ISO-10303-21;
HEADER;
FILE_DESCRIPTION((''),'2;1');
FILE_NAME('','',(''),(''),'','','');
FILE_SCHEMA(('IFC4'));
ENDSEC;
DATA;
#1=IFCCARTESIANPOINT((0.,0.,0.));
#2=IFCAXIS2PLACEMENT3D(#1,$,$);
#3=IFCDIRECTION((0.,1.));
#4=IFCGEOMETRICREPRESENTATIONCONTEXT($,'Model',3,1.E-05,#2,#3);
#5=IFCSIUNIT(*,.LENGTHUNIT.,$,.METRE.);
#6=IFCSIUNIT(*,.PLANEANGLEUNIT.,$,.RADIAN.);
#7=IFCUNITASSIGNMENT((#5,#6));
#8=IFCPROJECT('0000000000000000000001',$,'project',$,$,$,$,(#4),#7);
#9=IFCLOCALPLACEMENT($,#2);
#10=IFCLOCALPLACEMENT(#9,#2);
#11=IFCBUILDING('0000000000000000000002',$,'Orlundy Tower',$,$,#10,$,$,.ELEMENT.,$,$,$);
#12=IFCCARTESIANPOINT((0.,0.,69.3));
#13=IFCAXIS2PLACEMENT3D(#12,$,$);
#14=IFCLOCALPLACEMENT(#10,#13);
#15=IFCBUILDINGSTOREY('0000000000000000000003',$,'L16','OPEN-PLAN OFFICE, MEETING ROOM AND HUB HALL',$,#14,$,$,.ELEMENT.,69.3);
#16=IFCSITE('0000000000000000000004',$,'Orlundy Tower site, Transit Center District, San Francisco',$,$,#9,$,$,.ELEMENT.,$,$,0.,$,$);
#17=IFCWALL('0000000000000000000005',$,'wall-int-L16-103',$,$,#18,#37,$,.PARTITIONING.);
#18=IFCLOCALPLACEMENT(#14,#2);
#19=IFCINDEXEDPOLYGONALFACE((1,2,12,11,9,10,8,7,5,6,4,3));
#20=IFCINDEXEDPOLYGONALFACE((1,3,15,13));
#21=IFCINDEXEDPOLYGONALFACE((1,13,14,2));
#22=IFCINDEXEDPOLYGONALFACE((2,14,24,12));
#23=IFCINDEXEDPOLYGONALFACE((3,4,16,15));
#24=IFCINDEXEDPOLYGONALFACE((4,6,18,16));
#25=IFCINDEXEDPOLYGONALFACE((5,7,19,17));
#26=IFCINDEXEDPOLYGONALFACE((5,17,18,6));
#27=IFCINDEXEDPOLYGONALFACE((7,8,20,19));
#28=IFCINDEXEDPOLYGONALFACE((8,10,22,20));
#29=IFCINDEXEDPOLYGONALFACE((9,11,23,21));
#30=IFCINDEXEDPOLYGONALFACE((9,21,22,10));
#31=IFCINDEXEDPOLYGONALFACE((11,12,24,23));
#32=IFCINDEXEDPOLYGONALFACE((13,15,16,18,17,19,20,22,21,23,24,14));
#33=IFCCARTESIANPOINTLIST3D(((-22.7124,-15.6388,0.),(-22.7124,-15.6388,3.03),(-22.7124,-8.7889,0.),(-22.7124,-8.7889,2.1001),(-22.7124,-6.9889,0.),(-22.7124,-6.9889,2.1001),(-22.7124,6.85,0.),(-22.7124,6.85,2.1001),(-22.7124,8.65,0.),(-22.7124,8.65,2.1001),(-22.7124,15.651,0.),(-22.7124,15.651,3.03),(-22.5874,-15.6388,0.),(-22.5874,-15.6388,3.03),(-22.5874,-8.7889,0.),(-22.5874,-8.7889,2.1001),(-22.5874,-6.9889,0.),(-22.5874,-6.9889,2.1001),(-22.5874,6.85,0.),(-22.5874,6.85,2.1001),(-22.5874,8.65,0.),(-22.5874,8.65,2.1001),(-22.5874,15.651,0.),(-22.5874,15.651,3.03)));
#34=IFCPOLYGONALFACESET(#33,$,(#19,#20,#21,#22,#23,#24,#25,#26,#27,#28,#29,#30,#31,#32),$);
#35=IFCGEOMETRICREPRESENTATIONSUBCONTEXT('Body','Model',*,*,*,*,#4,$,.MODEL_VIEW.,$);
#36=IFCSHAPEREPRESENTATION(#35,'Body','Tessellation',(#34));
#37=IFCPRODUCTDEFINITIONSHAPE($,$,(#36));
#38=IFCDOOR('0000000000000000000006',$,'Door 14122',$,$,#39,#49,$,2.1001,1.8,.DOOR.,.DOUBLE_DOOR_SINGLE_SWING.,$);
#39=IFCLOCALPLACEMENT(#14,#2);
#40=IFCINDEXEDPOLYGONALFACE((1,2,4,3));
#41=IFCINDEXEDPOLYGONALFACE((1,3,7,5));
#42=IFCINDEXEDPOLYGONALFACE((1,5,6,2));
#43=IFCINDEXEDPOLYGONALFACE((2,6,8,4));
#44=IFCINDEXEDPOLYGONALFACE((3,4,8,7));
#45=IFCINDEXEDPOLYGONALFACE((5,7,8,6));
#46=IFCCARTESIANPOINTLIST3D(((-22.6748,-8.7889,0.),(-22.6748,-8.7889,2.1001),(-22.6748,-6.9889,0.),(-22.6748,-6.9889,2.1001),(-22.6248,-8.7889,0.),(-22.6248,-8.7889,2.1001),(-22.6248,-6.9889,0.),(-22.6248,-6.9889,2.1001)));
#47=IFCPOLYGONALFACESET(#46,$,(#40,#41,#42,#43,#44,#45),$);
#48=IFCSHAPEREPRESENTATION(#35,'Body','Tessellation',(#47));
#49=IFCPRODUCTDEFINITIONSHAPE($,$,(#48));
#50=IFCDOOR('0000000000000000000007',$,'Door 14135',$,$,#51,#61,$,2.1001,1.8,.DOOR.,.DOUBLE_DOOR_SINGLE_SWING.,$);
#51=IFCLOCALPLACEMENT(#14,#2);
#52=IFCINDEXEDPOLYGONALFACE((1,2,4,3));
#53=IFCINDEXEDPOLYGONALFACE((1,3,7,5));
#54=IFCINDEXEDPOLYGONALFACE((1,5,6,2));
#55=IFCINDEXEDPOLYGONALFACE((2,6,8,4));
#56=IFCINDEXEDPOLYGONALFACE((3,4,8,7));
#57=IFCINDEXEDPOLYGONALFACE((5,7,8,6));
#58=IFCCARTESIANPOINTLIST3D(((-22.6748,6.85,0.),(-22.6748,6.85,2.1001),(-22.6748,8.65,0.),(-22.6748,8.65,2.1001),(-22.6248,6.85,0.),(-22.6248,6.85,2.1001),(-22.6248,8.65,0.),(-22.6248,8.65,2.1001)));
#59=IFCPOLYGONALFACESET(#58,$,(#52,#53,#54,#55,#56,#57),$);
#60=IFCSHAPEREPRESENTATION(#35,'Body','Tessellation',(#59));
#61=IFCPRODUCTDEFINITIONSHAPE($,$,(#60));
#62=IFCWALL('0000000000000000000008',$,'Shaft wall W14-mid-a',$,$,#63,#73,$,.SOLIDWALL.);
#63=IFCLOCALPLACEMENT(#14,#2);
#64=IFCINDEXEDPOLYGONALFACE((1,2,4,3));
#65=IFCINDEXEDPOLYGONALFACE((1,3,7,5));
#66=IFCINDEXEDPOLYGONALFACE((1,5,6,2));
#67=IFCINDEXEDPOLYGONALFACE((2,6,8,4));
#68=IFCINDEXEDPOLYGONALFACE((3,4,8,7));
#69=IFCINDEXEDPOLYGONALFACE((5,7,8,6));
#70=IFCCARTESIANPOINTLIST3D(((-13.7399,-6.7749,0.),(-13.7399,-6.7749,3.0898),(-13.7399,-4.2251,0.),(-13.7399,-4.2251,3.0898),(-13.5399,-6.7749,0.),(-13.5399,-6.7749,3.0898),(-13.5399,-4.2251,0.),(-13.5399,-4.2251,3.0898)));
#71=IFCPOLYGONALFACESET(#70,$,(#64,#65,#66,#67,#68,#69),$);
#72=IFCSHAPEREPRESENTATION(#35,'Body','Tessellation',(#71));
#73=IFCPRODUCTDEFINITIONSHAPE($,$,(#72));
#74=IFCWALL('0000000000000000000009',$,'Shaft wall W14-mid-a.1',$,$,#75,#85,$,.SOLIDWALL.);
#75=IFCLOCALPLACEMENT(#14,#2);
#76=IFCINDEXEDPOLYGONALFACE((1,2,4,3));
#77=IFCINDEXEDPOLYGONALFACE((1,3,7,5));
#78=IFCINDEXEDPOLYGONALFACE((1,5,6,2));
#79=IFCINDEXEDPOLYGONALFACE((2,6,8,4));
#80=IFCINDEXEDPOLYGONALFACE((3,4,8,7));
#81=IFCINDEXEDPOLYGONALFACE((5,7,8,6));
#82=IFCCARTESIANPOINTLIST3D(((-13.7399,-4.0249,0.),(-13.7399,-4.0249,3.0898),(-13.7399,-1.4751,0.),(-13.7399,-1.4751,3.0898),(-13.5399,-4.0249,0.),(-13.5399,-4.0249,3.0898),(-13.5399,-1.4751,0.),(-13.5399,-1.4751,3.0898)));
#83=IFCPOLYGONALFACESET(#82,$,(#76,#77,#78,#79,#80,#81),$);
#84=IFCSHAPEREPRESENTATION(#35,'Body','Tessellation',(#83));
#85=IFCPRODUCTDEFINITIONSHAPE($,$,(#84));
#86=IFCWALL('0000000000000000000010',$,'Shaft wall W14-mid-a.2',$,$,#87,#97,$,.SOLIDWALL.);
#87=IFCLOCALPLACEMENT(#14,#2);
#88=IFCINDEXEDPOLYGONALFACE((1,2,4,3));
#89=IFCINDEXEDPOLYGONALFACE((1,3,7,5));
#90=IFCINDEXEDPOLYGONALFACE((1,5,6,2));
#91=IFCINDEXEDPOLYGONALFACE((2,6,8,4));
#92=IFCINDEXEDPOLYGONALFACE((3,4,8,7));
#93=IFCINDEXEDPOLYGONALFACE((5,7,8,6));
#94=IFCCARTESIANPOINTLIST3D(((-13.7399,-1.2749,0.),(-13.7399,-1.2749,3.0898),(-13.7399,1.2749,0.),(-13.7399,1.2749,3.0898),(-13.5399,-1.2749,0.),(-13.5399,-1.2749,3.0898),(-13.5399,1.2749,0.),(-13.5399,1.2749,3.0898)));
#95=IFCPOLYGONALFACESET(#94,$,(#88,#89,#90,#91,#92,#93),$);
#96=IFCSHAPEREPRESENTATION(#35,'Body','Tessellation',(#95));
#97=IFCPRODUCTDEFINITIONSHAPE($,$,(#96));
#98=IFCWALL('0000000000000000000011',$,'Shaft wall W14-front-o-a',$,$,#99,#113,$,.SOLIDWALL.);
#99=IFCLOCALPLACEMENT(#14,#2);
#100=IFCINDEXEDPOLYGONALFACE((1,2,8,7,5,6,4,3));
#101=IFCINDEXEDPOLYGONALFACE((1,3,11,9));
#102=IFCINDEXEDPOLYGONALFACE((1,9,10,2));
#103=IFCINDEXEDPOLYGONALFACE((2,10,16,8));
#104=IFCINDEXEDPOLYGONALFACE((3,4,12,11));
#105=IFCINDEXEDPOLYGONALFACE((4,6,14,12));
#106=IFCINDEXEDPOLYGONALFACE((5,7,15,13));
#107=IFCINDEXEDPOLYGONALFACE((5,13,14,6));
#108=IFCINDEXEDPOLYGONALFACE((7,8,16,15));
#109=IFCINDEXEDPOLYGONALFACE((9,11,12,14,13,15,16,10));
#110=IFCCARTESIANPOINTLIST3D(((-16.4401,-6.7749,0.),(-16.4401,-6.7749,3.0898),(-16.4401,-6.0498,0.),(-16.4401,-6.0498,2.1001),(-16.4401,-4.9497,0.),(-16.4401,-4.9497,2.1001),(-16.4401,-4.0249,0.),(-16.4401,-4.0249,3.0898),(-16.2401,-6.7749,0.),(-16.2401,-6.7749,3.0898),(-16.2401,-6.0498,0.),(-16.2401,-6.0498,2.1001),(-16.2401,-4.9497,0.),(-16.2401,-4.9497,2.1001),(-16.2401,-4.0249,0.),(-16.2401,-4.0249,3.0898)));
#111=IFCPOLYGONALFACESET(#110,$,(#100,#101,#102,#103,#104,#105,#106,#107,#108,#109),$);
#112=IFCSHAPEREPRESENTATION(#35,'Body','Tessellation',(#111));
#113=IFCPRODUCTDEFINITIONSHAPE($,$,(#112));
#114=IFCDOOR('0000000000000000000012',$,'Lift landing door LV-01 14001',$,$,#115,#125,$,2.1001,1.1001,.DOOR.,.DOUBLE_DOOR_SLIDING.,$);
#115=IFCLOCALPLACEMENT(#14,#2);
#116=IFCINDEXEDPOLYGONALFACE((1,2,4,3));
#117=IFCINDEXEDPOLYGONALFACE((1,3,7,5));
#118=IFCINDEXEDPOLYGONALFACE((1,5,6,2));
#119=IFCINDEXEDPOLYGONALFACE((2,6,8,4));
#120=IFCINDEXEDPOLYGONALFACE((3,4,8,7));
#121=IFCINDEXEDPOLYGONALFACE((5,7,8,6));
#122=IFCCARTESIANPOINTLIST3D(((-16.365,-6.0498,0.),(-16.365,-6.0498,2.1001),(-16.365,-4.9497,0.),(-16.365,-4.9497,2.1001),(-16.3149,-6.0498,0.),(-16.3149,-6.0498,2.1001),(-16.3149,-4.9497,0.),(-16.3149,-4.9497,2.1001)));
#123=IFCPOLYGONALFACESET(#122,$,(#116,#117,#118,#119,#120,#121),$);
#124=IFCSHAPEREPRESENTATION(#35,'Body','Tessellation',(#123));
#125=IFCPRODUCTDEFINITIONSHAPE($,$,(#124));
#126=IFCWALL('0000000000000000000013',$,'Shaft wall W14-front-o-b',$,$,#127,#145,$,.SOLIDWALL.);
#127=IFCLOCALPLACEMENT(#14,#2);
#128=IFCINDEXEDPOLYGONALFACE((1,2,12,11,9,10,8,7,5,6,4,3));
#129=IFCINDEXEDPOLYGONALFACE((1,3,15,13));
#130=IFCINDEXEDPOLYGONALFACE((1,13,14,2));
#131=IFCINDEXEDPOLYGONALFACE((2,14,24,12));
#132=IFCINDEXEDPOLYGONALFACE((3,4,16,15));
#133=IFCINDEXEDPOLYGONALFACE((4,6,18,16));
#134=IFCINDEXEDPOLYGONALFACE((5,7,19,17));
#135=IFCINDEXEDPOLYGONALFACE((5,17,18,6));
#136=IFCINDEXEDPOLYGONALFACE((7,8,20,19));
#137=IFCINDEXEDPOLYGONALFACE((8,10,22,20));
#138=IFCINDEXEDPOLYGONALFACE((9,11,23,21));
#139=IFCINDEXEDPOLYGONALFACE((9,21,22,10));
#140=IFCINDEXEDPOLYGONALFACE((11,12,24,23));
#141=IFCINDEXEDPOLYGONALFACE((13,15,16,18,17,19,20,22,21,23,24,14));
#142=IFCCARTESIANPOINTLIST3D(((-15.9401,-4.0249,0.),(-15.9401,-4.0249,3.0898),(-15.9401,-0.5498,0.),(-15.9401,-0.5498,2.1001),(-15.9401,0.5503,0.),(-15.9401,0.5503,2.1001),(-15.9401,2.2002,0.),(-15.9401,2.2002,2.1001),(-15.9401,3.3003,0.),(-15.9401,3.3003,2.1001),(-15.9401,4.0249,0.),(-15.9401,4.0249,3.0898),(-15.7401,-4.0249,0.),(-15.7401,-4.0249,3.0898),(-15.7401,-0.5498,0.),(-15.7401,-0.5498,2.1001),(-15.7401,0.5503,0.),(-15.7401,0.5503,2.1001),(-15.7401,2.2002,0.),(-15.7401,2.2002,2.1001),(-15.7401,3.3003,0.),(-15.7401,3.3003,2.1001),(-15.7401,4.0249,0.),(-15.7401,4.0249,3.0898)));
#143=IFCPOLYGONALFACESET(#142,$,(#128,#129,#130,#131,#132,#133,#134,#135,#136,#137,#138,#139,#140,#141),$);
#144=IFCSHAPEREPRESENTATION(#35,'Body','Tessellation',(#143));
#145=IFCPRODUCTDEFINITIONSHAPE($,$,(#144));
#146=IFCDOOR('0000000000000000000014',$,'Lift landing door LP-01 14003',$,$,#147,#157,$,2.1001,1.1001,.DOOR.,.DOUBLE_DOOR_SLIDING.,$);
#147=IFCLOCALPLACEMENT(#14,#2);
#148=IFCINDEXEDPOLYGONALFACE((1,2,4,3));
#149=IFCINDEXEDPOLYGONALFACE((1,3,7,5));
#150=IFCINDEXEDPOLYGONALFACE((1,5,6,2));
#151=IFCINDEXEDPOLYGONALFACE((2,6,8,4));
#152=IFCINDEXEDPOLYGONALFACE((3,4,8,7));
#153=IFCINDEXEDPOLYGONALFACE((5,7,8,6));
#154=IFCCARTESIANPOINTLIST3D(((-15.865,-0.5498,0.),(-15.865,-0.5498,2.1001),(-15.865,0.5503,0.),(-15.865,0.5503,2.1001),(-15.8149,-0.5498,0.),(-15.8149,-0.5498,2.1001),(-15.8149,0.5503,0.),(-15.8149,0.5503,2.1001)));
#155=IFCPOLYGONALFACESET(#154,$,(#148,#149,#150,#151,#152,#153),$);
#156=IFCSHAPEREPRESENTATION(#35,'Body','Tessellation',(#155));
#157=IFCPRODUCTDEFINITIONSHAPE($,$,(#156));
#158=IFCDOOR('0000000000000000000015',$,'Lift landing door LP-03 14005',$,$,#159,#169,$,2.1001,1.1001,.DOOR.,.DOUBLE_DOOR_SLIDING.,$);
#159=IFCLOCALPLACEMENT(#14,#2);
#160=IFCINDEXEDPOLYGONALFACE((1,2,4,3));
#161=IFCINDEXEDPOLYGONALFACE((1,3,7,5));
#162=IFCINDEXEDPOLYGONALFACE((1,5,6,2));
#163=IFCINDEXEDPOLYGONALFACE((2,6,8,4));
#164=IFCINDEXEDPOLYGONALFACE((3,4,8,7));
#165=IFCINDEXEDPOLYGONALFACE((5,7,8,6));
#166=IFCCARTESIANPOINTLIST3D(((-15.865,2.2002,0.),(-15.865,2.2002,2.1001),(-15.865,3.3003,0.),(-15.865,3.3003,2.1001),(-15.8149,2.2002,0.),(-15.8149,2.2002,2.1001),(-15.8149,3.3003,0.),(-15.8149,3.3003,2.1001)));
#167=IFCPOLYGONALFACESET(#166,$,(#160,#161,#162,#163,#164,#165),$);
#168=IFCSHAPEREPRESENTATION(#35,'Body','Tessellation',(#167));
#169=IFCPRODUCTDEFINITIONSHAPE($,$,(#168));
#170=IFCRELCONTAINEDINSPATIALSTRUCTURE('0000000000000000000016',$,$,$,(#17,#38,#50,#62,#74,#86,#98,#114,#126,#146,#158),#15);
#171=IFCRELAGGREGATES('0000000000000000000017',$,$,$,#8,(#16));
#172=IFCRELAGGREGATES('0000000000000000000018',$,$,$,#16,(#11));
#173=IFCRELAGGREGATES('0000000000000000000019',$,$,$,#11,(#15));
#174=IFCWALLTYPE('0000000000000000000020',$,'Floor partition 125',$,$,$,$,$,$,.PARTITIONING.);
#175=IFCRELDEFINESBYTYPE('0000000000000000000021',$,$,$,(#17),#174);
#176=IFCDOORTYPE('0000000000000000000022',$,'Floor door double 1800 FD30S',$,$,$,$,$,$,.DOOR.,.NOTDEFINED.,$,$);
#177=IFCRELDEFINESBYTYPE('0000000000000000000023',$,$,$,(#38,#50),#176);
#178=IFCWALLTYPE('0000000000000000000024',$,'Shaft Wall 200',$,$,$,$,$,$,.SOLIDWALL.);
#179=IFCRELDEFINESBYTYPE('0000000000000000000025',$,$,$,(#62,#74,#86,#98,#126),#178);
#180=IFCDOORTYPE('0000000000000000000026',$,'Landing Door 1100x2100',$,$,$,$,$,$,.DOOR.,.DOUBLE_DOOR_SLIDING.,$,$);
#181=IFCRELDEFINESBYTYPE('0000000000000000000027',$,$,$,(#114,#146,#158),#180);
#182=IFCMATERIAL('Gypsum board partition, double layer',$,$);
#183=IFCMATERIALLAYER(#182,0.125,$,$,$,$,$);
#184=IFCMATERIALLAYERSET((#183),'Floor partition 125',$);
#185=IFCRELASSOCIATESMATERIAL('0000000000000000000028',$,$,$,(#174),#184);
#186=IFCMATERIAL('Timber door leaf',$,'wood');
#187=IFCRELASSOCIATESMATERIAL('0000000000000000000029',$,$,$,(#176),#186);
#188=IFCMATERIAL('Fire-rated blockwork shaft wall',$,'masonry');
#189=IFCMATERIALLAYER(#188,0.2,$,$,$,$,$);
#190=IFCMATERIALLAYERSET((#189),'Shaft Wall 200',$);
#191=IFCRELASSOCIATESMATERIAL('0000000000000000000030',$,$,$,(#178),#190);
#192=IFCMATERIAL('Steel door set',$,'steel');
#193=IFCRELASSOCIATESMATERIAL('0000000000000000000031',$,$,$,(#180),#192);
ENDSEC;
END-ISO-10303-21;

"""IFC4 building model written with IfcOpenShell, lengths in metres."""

from ifc_helpers import new_model, si_unit, direction, frame, frame_2d, origin, place, context, subcontext, project, spatial, rectangle, extrude, material, layer, layer_set, type_object, element, fill, save


model = new_model("IFC4")

# Units and contexts
model_context = context("Model", 3, precision=1e-05, world=origin(), true_north=direction((0.0, 1.0)))
body_context = subcontext(model_context, "Body", "Model", "MODEL_VIEW")
ifc_project = project(units=[si_unit("LENGTHUNIT", "METRE"), si_unit("PLANEANGLEUNIT", "RADIAN")], contexts=[model_context])

# Site, building, storey
site_placement = place(None, origin())
site = spatial("IfcSite", under=ifc_project, at=site_placement, Name="Orlundy Tower site, Transit Center District, San Francisco", CompositionType="ELEMENT", RefElevation=0.0)
building_placement = place(site_placement, origin())
building = spatial("IfcBuilding", under=site, at=building_placement, Name="Orlundy Tower", CompositionType="ELEMENT")
storey_placement = place(building_placement, frame((0.0, 0.0, 69.3)))
storey = spatial("IfcBuildingStorey", under=building, at=storey_placement, Name="L16", Description="OPEN-PLAN OFFICE, MEETING ROOM AND HUB HALL", CompositionType="ELEMENT", Elevation=69.3)

# Shared definitions
ifc_material_1 = material(Name="Gypsum board partition, double layer")
ifc_layer_1 = layer(ifc_material_1, 0.125)
ifc_layer_set_1 = layer_set([ifc_layer_1], Name="Floor partition 125")
wall_type_1 = type_object("IfcWallType", Name="Floor partition 125", PredefinedType="PARTITIONING", material=ifc_layer_set_1)

# Wall, openings, doors
wall_1_placement = place(storey_placement, frame((-22.6499, -15.6389, 0.0), z_axis=(0.0, 0.0, 1.0), x_axis=(0.0, 1.0, 0.0)))
wall_1 = element("IfcWall", 1, at=wall_1_placement, inside=storey, type_object=wall_type_1, Name="wall-int-L16-103", PredefinedType="PARTITIONING", context=body_context, shape_type="SweptSolid", body=[
    extrude(rectangle(XDim=31.2898, YDim=0.125, at=frame_2d((15.645, 0.0))), origin(), (0.0, 0.0, 1.0), 3.03),
])
opening_1_placement = place(wall_1_placement, frame((6.8501, 0.0, 0.0)))
opening_1 = element("IfcOpeningElement", 2, at=opening_1_placement, cuts=wall_1, PredefinedType="OPENING", context=body_context, shape_type="SweptSolid", body=[
    extrude(rectangle(XDim=1.8, YDim=2.1001, at=frame_2d((0.8999, 1.05))), frame((0.0, 0.0725, 0.0), z_axis=(0.0, -1.0, 0.0), x_axis=(1.0, 0.0, 0.0)), (0.0, 0.0, 1.0), 0.145),
])
opening_2_placement = place(wall_1_placement, frame((22.489, 0.0, 0.0)))
opening_2 = element("IfcOpeningElement", 3, at=opening_2_placement, cuts=wall_1, PredefinedType="OPENING", context=body_context, shape_type="SweptSolid", body=[
    extrude(rectangle(XDim=1.8, YDim=2.1001, at=frame_2d((0.8999, 1.05))), frame((0.0, 0.0725, 0.0), z_axis=(0.0, -1.0, 0.0), x_axis=(1.0, 0.0, 0.0)), (0.0, 0.0, 1.0), 0.145),
])
ifc_material_2 = material(Name="Timber door leaf", Category="wood")
door_type_1 = type_object("IfcDoorType", Name="Floor door double 1800 FD30S", OperationType="NOTDEFINED", PredefinedType="DOOR", material=ifc_material_2)
door_1_placement = place(opening_1_placement, origin())
door_1 = element("IfcDoor", 4, at=door_1_placement, inside=storey, type_object=door_type_1, Name="Door 14122", OperationType="DOUBLE_DOOR_SINGLE_SWING", OverallHeight=2.1001, OverallWidth=1.8, PredefinedType="DOOR", context=body_context, shape_type="SweptSolid", body=[
    extrude(rectangle(XDim=1.8, YDim=2.1001, at=frame_2d((0.8999, 1.05))), frame((0.0, 0.0249, 0.0), z_axis=(0.0, -1.0, 0.0), x_axis=(1.0, 0.0, 0.0)), (0.0, 0.0, 1.0), 0.05),
])
fill(opening_1, door_1)
door_2_placement = place(opening_2_placement, origin())
door_2 = element("IfcDoor", 5, at=door_2_placement, inside=storey, type_object=door_type_1, Name="Door 14135", OperationType="DOUBLE_DOOR_SINGLE_SWING", OverallHeight=2.1001, OverallWidth=1.8, PredefinedType="DOOR", context=body_context, shape_type="SweptSolid", body=[
    extrude(rectangle(XDim=1.8, YDim=2.1001, at=frame_2d((0.8999, 1.05))), frame((0.0, 0.0249, 0.0), z_axis=(0.0, -1.0, 0.0), x_axis=(1.0, 0.0, 0.0)), (0.0, 0.0, 1.0), 0.05),
])
fill(opening_2, door_2)

# Walls
ifc_material_3 = material(Name="Fire-rated blockwork shaft wall", Category="masonry")
ifc_layer_2 = layer(ifc_material_3, 0.2)
ifc_layer_set_2 = layer_set([ifc_layer_2], Name="Shaft Wall 200")
wall_type_2 = type_object("IfcWallType", Name="Shaft Wall 200", PredefinedType="SOLIDWALL", material=ifc_layer_set_2)
for number, where, z_axis, x_axis, name in (
    (6, (-13.6399, -6.7749, 0.0), (0.0, 0.0, 1.0), (0.0, 1.0, 0.0), "Shaft wall W14-mid-a"),
    (7, (-13.6399, -4.0249, 0.0), (0.0, 0.0, 1.0), (0.0, 1.0, 0.0), "Shaft wall W14-mid-a.1"),
    (8, (-13.6399, -1.2749, 0.0), (0.0, 0.0, 1.0), (0.0, 1.0, 0.0), "Shaft wall W14-mid-a.2"),
):
    element("IfcWall", number, at=place(storey_placement, frame(where, z_axis=z_axis, x_axis=x_axis)), inside=storey, type_object=wall_type_2, Name=name, PredefinedType="SOLIDWALL", context=body_context, shape_type="SweptSolid", body=[
        extrude(rectangle(XDim=2.5498, YDim=0.2, at=frame_2d((1.2749, 0.0))), origin(), (0.0, 0.0, 1.0), 3.0898),
    ])

# Wall, opening, door
wall_2_placement = place(storey_placement, frame((-16.3401, -6.7749, 0.0), z_axis=(0.0, 0.0, 1.0), x_axis=(0.0, 1.0, 0.0)))
wall_2 = element("IfcWall", 9, at=wall_2_placement, inside=storey, type_object=wall_type_2, Name="Shaft wall W14-front-o-a", PredefinedType="SOLIDWALL", context=body_context, shape_type="SweptSolid", body=[
    extrude(rectangle(XDim=2.75, YDim=0.2, at=frame_2d((1.375, 0.0))), origin(), (0.0, 0.0, 1.0), 3.0898),
])
opening_3_placement = place(wall_2_placement, frame((0.7251, 0.0, 0.0)))
opening_3 = element("IfcOpeningElement", 10, at=opening_3_placement, cuts=wall_2, PredefinedType="OPENING", context=body_context, shape_type="SweptSolid", body=[
    extrude(rectangle(XDim=1.1001, YDim=2.1001, at=frame_2d((0.55, 1.05))), frame((0.0, 0.1101, 0.0), z_axis=(0.0, -1.0, 0.0), x_axis=(1.0, 0.0, 0.0)), (0.0, 0.0, 1.0), 0.2202),
])
ifc_material_4 = material(Name="Steel door set", Category="steel")
door_type_2 = type_object("IfcDoorType", Name="Landing Door 1100x2100", OperationType="DOUBLE_DOOR_SLIDING", PredefinedType="DOOR", material=ifc_material_4)
door_3_placement = place(opening_3_placement, origin())
door_3 = element("IfcDoor", 11, at=door_3_placement, inside=storey, type_object=door_type_2, Name="Lift landing door LV-01 14001", OperationType="DOUBLE_DOOR_SLIDING", OverallHeight=2.1001, OverallWidth=1.1001, PredefinedType="DOOR", context=body_context, shape_type="SweptSolid", body=[
    extrude(rectangle(XDim=1.1001, YDim=2.1001, at=frame_2d((0.55, 1.05))), frame((0.0, 0.0249, 0.0), z_axis=(0.0, -1.0, 0.0), x_axis=(1.0, 0.0, 0.0)), (0.0, 0.0, 1.0), 0.05),
])
fill(opening_3, door_3)

# Wall, openings, doors
wall_3_placement = place(storey_placement, frame((-15.8401, -4.0249, 0.0), z_axis=(0.0, 0.0, 1.0), x_axis=(0.0, 1.0, 0.0)))
wall_3 = element("IfcWall", 12, at=wall_3_placement, inside=storey, type_object=wall_type_2, Name="Shaft wall W14-front-o-b", PredefinedType="SOLIDWALL", context=body_context, shape_type="SweptSolid", body=[
    extrude(rectangle(XDim=8.0498, YDim=0.2, at=frame_2d((4.0249, 0.0))), origin(), (0.0, 0.0, 1.0), 3.0898),
])
opening_4_placement = place(wall_3_placement, frame((3.4751, 0.0, 0.0)))
opening_4 = element("IfcOpeningElement", 13, at=opening_4_placement, cuts=wall_3, PredefinedType="OPENING", context=body_context, shape_type="SweptSolid", body=[
    extrude(rectangle(XDim=1.1001, YDim=2.1001, at=frame_2d((0.55, 1.05))), frame((0.0, 0.1101, 0.0), z_axis=(0.0, -1.0, 0.0), x_axis=(1.0, 0.0, 0.0)), (0.0, 0.0, 1.0), 0.2202),
])
opening_5_placement = place(wall_3_placement, frame((6.2251, 0.0, 0.0)))
opening_5 = element("IfcOpeningElement", 14, at=opening_5_placement, cuts=wall_3, PredefinedType="OPENING", context=body_context, shape_type="SweptSolid", body=[
    extrude(rectangle(XDim=1.1001, YDim=2.1001, at=frame_2d((0.55, 1.05))), frame((0.0, 0.1101, 0.0), z_axis=(0.0, -1.0, 0.0), x_axis=(1.0, 0.0, 0.0)), (0.0, 0.0, 1.0), 0.2202),
])
door_4_placement = place(opening_4_placement, origin())
door_4 = element("IfcDoor", 15, at=door_4_placement, inside=storey, type_object=door_type_2, Name="Lift landing door LP-01 14003", OperationType="DOUBLE_DOOR_SLIDING", OverallHeight=2.1001, OverallWidth=1.1001, PredefinedType="DOOR", context=body_context, shape_type="SweptSolid", body=[
    extrude(rectangle(XDim=1.1001, YDim=2.1001, at=frame_2d((0.55, 1.05))), frame((0.0, 0.0249, 0.0), z_axis=(0.0, -1.0, 0.0), x_axis=(1.0, 0.0, 0.0)), (0.0, 0.0, 1.0), 0.05),
])
fill(opening_4, door_4)
door_5_placement = place(opening_5_placement, origin())
door_5 = element("IfcDoor", 16, at=door_5_placement, inside=storey, type_object=door_type_2, Name="Lift landing door LP-03 14005", OperationType="DOUBLE_DOOR_SLIDING", OverallHeight=2.1001, OverallWidth=1.1001, PredefinedType="DOOR", context=body_context, shape_type="SweptSolid", body=[
    extrude(rectangle(XDim=1.1001, YDim=2.1001, at=frame_2d((0.55, 1.05))), frame((0.0, 0.0249, 0.0), z_axis=(0.0, -1.0, 0.0), x_axis=(1.0, 0.0, 0.0)), (0.0, 0.0, 1.0), 0.05),
])
fill(opening_5, door_5)

save(model, "model.ifc")
